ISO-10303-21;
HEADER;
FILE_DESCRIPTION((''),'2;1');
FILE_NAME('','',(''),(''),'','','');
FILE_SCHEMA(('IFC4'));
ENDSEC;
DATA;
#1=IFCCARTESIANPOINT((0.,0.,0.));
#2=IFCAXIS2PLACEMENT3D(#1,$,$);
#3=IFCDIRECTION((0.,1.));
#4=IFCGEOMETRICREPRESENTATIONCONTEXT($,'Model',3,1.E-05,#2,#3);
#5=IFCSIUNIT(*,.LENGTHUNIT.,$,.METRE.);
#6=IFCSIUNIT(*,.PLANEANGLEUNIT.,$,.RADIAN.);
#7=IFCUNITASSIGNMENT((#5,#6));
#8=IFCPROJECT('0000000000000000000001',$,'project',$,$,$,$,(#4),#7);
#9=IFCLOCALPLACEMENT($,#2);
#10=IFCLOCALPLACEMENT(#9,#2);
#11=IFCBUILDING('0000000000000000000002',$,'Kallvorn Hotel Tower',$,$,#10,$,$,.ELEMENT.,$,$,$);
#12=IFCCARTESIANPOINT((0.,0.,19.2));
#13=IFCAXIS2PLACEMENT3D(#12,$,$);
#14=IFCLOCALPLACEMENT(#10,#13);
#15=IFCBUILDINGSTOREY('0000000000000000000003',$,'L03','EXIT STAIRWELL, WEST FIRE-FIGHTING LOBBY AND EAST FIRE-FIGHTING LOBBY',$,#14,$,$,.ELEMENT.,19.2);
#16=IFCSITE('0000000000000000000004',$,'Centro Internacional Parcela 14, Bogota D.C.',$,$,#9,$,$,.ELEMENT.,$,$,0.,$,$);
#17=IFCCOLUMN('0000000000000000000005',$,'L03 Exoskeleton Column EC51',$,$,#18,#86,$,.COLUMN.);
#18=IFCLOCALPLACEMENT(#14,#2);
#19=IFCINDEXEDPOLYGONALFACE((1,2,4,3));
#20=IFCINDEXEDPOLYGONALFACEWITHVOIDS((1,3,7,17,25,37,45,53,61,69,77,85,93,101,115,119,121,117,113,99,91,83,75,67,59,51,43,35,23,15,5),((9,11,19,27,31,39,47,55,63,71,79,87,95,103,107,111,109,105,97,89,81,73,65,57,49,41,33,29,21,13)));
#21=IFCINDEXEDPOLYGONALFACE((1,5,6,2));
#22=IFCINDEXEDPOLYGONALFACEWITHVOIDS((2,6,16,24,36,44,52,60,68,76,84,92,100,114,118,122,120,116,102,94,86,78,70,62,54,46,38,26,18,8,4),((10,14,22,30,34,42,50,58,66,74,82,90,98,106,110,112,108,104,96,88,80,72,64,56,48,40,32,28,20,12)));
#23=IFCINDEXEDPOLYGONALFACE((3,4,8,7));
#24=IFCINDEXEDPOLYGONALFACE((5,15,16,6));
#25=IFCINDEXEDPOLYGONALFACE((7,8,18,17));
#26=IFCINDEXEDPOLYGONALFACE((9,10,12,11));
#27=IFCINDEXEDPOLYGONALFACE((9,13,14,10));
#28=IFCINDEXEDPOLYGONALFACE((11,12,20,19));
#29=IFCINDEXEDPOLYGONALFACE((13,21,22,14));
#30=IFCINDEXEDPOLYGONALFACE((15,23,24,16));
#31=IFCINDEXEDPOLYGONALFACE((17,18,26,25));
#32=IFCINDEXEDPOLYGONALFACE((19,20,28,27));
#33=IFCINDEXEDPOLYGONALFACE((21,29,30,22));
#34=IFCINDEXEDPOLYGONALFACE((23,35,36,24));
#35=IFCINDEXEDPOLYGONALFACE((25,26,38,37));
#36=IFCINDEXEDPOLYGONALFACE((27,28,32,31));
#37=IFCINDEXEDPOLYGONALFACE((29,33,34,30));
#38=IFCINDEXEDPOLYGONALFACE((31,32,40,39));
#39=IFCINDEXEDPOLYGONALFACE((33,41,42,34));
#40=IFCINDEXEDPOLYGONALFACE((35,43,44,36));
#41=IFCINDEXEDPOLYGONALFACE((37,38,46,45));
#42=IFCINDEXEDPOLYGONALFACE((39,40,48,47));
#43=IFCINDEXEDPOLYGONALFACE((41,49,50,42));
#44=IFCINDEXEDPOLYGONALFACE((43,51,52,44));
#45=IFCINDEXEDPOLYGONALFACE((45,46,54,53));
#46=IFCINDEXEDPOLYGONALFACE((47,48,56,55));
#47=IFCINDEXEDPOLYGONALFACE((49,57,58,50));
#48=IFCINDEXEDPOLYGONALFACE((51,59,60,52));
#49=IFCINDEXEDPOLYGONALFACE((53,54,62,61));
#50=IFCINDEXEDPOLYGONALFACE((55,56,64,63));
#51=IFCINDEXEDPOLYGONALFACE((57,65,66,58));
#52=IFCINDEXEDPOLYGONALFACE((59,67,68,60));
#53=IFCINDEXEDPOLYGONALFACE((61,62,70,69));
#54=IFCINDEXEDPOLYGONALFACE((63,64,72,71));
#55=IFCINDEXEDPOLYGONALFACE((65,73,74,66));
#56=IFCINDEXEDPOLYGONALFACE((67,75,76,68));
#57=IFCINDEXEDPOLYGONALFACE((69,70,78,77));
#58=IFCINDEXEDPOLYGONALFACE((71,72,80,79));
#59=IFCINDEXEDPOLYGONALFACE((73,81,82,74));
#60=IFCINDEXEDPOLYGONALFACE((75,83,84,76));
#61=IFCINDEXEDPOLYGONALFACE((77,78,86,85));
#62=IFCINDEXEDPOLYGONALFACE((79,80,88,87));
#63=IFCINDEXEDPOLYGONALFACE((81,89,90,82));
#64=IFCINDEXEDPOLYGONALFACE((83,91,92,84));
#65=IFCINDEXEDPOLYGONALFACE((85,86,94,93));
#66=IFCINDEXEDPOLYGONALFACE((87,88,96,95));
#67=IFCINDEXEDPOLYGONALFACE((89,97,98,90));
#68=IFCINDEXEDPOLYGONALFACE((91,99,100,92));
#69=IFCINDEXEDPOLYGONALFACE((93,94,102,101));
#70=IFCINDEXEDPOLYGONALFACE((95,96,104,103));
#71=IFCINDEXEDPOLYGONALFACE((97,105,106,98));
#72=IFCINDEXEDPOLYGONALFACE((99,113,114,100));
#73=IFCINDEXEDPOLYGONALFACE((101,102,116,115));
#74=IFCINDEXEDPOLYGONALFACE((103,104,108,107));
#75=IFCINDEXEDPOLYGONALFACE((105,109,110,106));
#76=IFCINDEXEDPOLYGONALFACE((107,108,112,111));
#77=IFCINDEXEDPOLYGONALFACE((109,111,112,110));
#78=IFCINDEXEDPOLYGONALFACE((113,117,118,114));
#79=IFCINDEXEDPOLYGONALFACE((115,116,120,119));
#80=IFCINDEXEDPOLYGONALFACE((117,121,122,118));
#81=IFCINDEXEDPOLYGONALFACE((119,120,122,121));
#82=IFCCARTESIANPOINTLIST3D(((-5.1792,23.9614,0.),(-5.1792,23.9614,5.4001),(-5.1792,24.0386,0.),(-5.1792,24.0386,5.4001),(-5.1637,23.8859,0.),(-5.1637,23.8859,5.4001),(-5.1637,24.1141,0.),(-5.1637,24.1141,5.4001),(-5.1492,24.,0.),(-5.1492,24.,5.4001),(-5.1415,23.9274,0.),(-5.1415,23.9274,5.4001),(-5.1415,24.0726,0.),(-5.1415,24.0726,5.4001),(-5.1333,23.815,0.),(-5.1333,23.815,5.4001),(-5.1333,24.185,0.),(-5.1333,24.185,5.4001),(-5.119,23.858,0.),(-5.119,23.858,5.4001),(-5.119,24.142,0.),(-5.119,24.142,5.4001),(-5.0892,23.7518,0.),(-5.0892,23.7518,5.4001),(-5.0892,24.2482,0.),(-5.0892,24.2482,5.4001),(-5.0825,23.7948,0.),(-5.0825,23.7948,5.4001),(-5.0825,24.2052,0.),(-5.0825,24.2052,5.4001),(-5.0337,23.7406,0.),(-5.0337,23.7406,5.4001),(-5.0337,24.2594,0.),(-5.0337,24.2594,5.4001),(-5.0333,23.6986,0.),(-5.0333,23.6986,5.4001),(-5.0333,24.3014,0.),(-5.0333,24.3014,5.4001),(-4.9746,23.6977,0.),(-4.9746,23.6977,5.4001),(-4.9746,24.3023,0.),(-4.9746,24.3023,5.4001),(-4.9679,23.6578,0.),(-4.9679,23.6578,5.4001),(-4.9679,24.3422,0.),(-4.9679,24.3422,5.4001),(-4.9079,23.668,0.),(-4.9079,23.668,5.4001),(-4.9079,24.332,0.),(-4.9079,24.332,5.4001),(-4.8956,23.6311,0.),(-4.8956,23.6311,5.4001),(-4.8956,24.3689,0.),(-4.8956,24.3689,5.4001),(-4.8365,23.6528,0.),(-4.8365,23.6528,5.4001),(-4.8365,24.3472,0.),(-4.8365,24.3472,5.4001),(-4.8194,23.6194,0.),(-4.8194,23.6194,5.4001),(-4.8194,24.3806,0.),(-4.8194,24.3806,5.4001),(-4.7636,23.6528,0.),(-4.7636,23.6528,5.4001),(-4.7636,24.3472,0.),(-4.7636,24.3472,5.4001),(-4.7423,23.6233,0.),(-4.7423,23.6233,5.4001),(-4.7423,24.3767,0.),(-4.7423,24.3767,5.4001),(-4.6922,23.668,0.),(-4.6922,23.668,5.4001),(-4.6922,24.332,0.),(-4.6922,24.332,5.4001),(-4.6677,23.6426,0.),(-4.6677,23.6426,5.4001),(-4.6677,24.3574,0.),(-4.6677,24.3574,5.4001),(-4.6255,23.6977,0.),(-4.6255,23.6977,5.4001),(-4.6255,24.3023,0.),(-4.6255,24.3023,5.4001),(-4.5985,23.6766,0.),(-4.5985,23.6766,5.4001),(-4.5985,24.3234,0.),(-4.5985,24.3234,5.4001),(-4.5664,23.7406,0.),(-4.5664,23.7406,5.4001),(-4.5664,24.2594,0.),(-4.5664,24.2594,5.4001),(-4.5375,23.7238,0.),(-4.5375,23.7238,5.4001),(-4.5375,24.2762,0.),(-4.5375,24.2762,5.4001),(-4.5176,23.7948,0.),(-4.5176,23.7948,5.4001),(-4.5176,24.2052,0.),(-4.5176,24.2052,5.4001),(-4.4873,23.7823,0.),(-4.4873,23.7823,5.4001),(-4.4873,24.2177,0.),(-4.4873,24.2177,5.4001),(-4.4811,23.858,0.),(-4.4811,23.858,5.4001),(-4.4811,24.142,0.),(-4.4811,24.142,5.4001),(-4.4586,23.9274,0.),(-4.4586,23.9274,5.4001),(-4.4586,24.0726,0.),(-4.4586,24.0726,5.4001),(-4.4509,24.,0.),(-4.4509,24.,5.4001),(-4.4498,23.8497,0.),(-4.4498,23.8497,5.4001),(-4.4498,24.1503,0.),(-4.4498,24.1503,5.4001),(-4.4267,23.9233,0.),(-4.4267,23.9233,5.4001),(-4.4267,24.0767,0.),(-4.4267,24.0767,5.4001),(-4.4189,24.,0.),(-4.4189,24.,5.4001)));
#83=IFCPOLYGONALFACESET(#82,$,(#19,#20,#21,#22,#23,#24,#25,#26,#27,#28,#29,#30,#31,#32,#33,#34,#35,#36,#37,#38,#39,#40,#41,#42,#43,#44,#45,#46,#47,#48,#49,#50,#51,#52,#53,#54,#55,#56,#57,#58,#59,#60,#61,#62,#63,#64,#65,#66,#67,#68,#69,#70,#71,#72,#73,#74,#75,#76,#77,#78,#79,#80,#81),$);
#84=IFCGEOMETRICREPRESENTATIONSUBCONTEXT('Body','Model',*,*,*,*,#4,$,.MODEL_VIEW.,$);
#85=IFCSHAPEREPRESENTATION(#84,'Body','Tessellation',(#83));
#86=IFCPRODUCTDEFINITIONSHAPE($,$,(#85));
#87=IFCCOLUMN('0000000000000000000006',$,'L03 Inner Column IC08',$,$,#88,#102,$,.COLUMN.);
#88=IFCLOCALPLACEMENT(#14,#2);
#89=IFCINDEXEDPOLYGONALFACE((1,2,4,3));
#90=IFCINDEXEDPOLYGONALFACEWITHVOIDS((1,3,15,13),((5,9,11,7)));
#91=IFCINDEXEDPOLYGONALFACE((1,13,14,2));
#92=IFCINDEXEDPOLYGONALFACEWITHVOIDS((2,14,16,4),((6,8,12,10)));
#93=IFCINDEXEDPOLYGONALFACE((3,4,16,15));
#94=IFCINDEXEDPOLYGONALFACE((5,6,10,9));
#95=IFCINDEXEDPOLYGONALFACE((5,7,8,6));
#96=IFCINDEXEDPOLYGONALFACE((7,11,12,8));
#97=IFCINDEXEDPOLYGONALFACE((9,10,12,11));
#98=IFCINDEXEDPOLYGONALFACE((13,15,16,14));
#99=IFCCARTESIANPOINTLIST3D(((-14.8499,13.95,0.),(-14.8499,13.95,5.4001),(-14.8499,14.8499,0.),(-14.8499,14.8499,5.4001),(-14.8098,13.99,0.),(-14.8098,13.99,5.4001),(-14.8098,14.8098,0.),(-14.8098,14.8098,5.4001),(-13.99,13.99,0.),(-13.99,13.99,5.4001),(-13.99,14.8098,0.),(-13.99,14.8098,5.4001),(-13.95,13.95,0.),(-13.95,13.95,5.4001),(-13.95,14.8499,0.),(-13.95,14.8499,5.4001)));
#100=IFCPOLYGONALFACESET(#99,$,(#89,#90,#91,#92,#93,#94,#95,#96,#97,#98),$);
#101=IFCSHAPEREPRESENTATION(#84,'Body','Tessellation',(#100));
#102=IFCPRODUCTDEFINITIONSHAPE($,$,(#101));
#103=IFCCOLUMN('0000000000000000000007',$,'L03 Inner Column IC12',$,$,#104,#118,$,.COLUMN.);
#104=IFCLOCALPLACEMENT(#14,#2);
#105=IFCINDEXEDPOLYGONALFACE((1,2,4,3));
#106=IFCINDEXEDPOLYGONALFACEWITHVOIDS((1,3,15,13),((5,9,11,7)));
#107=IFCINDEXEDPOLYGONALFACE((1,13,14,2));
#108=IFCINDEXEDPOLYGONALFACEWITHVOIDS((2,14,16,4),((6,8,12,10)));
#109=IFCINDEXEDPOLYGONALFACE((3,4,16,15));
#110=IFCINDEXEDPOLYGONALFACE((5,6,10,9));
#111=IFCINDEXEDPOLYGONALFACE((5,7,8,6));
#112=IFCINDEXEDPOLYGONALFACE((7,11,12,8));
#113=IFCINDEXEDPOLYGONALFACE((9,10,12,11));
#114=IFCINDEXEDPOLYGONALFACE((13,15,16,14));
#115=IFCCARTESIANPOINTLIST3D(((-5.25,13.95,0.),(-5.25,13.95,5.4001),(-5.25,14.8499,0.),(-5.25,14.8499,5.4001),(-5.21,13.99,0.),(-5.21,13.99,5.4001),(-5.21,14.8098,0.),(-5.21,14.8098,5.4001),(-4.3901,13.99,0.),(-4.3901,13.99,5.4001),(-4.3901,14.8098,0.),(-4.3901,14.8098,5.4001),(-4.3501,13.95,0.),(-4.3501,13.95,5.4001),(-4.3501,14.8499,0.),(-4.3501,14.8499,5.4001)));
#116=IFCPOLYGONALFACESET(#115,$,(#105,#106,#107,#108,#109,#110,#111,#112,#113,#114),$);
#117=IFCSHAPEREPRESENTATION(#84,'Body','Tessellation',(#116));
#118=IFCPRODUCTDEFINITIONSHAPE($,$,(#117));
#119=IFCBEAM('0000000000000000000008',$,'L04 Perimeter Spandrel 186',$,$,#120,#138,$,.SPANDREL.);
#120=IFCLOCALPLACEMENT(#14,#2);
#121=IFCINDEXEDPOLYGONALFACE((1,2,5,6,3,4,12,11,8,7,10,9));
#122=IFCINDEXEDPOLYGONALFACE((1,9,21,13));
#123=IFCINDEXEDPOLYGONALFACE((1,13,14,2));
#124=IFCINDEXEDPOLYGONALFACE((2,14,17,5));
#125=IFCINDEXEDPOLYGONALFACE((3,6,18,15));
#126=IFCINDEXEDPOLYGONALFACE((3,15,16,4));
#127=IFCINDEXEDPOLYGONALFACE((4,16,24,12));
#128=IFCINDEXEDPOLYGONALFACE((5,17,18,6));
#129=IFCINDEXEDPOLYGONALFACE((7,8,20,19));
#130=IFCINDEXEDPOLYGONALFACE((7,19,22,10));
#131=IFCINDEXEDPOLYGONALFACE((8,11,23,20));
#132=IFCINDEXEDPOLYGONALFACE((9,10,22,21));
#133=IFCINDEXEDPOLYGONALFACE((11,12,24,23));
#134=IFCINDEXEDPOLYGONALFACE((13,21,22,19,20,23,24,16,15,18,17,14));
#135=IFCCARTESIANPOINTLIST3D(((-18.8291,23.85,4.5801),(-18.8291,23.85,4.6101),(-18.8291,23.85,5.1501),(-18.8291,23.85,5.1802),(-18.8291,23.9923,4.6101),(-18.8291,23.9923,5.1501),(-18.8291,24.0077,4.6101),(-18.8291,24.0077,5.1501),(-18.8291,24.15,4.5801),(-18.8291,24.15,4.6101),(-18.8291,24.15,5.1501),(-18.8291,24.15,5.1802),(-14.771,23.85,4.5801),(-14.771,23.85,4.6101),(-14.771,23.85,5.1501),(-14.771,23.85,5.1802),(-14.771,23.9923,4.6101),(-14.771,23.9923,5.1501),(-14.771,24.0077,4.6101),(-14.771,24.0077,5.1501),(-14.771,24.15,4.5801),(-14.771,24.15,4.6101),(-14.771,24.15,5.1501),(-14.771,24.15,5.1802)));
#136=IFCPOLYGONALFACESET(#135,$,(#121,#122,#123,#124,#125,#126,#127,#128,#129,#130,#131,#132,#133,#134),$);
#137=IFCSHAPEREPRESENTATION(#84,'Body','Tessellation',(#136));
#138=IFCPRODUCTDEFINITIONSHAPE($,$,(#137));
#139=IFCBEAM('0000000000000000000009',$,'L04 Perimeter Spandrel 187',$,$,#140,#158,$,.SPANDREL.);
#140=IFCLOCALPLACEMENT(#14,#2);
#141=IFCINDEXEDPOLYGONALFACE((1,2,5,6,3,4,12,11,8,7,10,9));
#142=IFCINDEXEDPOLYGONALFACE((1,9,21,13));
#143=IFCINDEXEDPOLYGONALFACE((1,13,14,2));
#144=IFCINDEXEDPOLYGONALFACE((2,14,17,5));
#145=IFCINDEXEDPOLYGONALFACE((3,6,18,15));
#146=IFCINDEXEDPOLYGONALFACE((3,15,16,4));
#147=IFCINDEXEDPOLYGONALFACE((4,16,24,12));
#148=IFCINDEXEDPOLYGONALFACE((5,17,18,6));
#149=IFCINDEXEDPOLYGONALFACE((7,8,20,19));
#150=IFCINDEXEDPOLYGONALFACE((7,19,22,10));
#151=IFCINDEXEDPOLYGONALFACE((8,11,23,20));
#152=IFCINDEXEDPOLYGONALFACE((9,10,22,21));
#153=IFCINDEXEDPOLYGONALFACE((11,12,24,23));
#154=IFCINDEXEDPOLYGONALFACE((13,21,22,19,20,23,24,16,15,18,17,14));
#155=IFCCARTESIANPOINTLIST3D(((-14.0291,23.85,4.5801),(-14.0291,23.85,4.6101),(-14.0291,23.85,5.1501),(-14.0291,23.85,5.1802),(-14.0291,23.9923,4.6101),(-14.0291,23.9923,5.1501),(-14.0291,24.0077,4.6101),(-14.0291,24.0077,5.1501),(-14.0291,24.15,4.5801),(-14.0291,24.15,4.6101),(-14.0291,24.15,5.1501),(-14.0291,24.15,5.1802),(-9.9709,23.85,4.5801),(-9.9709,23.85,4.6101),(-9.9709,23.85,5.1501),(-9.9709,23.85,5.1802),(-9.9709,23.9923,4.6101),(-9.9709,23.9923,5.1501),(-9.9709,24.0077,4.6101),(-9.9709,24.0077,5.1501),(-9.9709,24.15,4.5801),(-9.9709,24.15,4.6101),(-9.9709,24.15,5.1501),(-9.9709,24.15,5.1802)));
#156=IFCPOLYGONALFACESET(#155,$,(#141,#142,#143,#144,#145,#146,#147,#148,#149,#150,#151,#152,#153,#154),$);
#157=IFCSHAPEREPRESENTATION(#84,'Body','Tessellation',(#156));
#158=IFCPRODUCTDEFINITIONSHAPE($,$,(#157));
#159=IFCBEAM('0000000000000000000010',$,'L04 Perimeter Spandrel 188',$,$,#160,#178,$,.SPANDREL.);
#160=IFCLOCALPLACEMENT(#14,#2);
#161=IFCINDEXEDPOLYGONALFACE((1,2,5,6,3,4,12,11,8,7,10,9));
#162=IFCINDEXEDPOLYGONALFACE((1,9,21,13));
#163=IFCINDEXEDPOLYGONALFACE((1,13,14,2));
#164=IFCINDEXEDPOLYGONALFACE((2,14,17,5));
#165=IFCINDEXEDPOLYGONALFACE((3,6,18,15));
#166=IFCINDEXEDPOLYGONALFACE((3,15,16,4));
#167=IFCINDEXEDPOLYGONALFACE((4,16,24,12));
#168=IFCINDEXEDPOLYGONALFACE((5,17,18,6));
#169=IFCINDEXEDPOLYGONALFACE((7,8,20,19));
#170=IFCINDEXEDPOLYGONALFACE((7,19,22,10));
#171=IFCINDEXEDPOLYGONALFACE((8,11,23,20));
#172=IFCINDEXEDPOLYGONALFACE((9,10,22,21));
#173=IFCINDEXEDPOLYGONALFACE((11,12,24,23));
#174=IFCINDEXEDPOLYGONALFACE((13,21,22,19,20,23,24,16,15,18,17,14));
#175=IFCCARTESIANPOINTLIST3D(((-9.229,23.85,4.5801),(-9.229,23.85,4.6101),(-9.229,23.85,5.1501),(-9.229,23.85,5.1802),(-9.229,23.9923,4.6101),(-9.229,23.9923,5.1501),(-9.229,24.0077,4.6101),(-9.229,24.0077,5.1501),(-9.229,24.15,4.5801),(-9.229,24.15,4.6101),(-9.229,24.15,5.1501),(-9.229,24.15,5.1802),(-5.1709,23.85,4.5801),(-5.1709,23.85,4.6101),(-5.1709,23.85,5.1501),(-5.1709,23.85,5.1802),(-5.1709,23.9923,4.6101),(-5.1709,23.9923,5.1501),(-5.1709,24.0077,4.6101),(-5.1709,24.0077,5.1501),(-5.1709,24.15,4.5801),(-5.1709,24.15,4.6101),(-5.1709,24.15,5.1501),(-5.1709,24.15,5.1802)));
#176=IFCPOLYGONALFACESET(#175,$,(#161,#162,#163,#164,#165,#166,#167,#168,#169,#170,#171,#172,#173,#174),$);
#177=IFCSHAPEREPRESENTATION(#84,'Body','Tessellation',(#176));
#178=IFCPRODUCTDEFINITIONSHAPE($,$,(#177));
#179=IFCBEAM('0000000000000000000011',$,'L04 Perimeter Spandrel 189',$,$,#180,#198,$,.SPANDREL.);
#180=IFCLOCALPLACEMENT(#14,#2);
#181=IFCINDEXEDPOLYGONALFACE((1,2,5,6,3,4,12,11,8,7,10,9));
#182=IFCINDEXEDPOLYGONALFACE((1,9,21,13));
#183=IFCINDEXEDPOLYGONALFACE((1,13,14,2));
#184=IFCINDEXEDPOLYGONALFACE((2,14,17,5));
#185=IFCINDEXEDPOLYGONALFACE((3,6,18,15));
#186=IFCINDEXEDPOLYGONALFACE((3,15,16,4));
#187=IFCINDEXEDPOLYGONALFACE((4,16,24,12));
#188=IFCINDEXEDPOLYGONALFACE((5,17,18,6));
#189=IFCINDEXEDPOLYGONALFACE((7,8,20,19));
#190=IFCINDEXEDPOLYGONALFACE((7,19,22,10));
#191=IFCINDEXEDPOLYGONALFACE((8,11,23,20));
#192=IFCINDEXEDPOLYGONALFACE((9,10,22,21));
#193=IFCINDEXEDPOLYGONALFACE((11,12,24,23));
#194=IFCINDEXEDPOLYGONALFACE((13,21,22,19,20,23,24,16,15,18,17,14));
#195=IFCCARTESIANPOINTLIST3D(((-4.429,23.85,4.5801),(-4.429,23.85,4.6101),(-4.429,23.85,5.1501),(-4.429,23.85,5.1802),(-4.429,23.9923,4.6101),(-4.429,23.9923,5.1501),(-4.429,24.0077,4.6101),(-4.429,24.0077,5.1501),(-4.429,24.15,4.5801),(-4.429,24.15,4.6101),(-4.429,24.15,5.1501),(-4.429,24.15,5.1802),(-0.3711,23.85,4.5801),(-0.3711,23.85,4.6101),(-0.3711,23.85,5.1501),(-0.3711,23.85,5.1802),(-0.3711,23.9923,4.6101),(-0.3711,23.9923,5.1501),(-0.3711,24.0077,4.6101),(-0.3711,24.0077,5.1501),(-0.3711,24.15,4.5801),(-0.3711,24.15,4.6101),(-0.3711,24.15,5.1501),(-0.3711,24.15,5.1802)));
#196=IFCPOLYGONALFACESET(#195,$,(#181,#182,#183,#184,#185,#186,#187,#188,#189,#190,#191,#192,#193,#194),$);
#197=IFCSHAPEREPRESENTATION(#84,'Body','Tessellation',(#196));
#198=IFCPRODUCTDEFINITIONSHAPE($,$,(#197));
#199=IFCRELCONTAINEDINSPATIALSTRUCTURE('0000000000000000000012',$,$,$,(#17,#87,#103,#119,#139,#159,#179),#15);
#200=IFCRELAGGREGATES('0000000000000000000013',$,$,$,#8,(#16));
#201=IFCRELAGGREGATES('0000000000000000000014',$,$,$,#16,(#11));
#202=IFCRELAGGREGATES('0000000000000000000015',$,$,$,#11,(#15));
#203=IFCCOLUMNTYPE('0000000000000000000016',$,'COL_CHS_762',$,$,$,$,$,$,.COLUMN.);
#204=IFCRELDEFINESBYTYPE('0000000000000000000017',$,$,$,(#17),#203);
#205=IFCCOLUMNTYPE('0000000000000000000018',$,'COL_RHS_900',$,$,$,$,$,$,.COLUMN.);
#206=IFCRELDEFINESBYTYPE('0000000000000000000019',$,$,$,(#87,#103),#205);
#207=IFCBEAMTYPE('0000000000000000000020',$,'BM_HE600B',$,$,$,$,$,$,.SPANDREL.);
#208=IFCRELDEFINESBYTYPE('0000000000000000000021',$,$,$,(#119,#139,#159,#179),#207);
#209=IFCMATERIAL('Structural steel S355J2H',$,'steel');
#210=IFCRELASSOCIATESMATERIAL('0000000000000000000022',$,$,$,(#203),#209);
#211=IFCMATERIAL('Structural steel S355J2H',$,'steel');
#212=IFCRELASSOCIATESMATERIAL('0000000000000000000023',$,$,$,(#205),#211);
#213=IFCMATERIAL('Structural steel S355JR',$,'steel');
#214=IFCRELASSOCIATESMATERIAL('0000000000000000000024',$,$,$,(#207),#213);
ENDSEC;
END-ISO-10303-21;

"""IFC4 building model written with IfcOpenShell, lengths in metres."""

from ifc_helpers import new_model, si_unit, direction, frame, origin, origin_2d, place, context, subcontext, project, spatial, hollow_rectangle, hollow_circle, i_section, extrude, material, material_profile, profile_set, type_object, element, save


model = new_model("IFC4")

# Units and contexts
model_context = context("Model", 3, precision=1e-05, world=origin(), true_north=direction((0.0, 1.0)))
body_context = subcontext(model_context, "Body", "Model", "MODEL_VIEW")
ifc_project = project(units=[si_unit("LENGTHUNIT", "METRE"), si_unit("PLANEANGLEUNIT", "RADIAN")], contexts=[model_context])

# Site, building, storey
site_placement = place(None, origin())
site = spatial("IfcSite", under=ifc_project, at=site_placement, Name="Centro Internacional Parcela 14, Bogota D.C.", CompositionType="ELEMENT", RefElevation=0.0)
building_placement = place(site_placement, origin())
building = spatial("IfcBuilding", under=site, at=building_placement, Name="Kallvorn Hotel Tower", CompositionType="ELEMENT")
storey_placement = place(building_placement, frame((0.0, 0.0, 19.2)))
storey = spatial("IfcBuildingStorey", under=building, at=storey_placement, Name="L03", Description="EXIT STAIRWELL, WEST FIRE-FIGHTING LOBBY AND EAST FIRE-FIGHTING LOBBY", CompositionType="ELEMENT", Elevation=19.2)

# Columns
ifc_material_1 = material(Name="Structural steel S355J2H", Category="steel")
ifc_material_profile_1 = material_profile(ifc_material_1, hollow_circle(Radius=0.3811, WallThickness=0.032, at=origin_2d()), Name="CHS 762x32")
ifc_profile_set_1 = profile_set([ifc_material_profile_1], Name="Structural steel S355J2H")
column_type_1 = type_object("IfcColumnType", Name="COL_CHS_762", PredefinedType="COLUMN", material=ifc_profile_set_1)
for number, where, z_axis, x_axis, name in (
    (1, (-4.8, 24.0, 0.0), (0.0, 0.0, 1.0), (1.0, 0.0, 0.0), "L03 Exoskeleton Column EC51"),
):
    element("IfcColumn", number, at=place(storey_placement, frame(where, z_axis=z_axis, x_axis=x_axis)), inside=storey, type_object=column_type_1, Name=name, PredefinedType="COLUMN", context=body_context, shape_type="SweptSolid", body=[
        extrude(hollow_circle(Radius=0.3811, WallThickness=0.032, at=origin_2d()), origin(), (0.0, 0.0, 1.0), 5.4001),
    ])
ifc_material_2 = material(Name="Structural steel S355J2H", Category="steel")
ifc_material_profile_2 = material_profile(ifc_material_2, hollow_rectangle(XDim=0.8999, YDim=0.8999, WallThickness=0.04, at=origin_2d()), Name="RHS 900x900x40")
ifc_profile_set_2 = profile_set([ifc_material_profile_2], Name="Structural steel S355J2H")
column_type_2 = type_object("IfcColumnType", Name="COL_RHS_900", PredefinedType="COLUMN", material=ifc_profile_set_2)
for number, where, z_axis, x_axis, name in (
    (2, (-14.3999, 14.3999, 0.0), (0.0, 0.0, 1.0), (1.0, 0.0, 0.0), "L03 Inner Column IC08"),
    (3, (-4.8, 14.3999, 0.0), (0.0, 0.0, 1.0), (1.0, 0.0, 0.0), "L03 Inner Column IC12"),
):
    element("IfcColumn", number, at=place(storey_placement, frame(where, z_axis=z_axis, x_axis=x_axis)), inside=storey, type_object=column_type_2, Name=name, PredefinedType="COLUMN", context=body_context, shape_type="SweptSolid", body=[
        extrude(hollow_rectangle(XDim=0.8999, YDim=0.8999, WallThickness=0.04, at=origin_2d()), origin(), (0.0, 0.0, 1.0), 5.4001),
    ])

# Beams
ifc_material_3 = material(Name="Structural steel S355JR", Category="steel")
ifc_material_profile_3 = material_profile(ifc_material_3, i_section(OverallWidth=0.3, OverallDepth=0.6001, WebThickness=0.0154, FlangeThickness=0.03, at=origin_2d()), Name="HE 600 B")
ifc_profile_set_3 = profile_set([ifc_material_profile_3], Name="Structural steel S355JR")
beam_type_1 = type_object("IfcBeamType", Name="BM_HE600B", PredefinedType="SPANDREL", material=ifc_profile_set_3)
for number, where, z_axis, x_axis, name in (
    (4, (-18.8291, 24.0, 4.8801), (1.0, 0.0, 0.0), (0.0, 1.0, 0.0), "L04 Perimeter Spandrel 186"),
    (5, (-14.0291, 24.0, 4.8801), (1.0, 0.0, 0.0), (0.0, 1.0, 0.0), "L04 Perimeter Spandrel 187"),
    (6, (-9.229, 24.0, 4.8801), (1.0, 0.0, 0.0), (0.0, 1.0, 0.0), "L04 Perimeter Spandrel 188"),
):
    element("IfcBeam", number, at=place(storey_placement, frame(where, z_axis=z_axis, x_axis=x_axis)), inside=storey, type_object=beam_type_1, Name=name, PredefinedType="SPANDREL", context=body_context, shape_type="SweptSolid", body=[
        extrude(i_section(OverallWidth=0.3, OverallDepth=0.6001, WebThickness=0.0154, FlangeThickness=0.03, at=origin_2d()), origin(), (0.0, 0.0, 1.0), 4.0581),
    ])
beam_1_placement = place(storey_placement, frame((-4.429, 24.0, 4.8801), z_axis=(1.0, 0.0, 0.0), x_axis=(0.0, 1.0, 0.0)))
element("IfcBeam", 7, at=beam_1_placement, inside=storey, type_object=beam_type_1, Name="L04 Perimeter Spandrel 189", PredefinedType="SPANDREL", context=body_context, shape_type="SweptSolid", body=[
    extrude(i_section(OverallWidth=0.3, OverallDepth=0.6001, WebThickness=0.0154, FlangeThickness=0.03, at=origin_2d()), origin(), (0.0, 0.0, 1.0), 4.0579),
])

save(model, "model.ifc")
